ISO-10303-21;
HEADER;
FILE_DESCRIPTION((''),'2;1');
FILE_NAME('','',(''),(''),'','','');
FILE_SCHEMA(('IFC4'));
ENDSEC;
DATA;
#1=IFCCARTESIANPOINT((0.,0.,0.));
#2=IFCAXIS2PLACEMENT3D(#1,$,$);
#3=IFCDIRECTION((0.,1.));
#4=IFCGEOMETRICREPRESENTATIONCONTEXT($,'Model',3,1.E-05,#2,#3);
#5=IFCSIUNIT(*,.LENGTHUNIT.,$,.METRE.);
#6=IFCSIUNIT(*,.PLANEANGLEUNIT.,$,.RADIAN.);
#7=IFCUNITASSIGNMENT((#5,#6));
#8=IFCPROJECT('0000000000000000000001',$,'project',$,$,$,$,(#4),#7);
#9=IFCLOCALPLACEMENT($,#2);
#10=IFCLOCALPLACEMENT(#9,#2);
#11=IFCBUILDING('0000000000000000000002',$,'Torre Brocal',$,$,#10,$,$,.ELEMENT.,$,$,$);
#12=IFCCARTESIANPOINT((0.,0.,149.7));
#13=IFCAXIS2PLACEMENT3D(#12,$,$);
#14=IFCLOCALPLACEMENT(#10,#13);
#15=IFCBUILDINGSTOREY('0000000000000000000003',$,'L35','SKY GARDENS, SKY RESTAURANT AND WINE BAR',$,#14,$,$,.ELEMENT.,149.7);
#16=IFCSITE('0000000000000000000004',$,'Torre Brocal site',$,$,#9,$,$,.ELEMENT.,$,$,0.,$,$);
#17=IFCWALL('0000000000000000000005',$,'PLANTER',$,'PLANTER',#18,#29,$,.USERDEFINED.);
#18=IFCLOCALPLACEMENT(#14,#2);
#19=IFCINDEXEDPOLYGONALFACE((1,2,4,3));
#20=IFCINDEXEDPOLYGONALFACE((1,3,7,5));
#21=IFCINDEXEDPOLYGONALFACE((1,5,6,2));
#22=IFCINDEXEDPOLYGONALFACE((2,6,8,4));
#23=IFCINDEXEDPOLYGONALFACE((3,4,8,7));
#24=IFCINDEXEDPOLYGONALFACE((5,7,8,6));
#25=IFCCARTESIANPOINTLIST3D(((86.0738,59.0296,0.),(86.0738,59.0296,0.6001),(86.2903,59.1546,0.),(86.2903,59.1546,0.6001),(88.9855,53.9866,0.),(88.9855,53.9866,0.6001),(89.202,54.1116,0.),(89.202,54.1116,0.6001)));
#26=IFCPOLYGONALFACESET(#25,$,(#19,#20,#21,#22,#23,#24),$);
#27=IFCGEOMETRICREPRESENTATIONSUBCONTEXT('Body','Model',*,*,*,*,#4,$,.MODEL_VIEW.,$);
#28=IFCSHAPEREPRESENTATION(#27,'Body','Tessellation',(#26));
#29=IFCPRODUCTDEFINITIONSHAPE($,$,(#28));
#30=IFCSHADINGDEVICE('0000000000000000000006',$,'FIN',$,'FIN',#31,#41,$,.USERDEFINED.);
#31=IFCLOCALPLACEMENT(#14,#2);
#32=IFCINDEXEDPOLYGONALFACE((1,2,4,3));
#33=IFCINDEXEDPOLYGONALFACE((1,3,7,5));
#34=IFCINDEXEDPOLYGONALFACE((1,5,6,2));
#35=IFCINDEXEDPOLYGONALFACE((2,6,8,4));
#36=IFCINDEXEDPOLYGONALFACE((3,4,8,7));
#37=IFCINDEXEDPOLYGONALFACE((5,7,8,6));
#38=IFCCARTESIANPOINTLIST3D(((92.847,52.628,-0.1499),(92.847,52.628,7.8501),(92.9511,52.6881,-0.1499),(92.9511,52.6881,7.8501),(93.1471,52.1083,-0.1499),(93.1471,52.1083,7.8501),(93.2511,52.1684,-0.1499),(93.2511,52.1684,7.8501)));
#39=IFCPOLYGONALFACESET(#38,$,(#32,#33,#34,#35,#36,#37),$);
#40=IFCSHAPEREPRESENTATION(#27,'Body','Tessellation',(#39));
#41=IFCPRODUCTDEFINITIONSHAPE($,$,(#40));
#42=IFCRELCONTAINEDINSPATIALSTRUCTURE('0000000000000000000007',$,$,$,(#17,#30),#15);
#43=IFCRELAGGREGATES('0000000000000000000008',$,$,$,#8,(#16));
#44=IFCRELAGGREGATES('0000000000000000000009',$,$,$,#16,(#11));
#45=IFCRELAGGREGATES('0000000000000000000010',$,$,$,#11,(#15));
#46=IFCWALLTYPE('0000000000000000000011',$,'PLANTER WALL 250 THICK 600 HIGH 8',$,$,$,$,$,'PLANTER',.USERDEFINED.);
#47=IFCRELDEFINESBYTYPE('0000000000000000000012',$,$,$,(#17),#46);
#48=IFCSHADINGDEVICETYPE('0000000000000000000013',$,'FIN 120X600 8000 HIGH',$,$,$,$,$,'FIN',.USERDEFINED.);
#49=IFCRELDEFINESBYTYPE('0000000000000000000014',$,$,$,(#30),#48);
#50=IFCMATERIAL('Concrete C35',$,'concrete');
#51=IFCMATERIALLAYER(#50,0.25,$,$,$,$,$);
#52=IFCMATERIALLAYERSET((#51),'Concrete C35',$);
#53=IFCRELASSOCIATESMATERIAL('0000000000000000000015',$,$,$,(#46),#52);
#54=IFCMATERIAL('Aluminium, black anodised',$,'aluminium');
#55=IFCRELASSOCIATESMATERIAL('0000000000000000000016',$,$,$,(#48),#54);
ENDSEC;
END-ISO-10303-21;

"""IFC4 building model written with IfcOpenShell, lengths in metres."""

from ifc_helpers import new_model, si_unit, direction, frame, frame_2d, origin, origin_2d, place, context, subcontext, project, spatial, rectangle, extrude, material, layer, layer_set, material_profile, profile_set, type_object, element, save


model = new_model("IFC4")

# Units and contexts
model_context = context("Model", 3, precision=1e-05, world=origin(), true_north=direction((0.0, 1.0)))
body_context = subcontext(model_context, "Body", "Model", "MODEL_VIEW")
ifc_project = project(units=[si_unit("LENGTHUNIT", "METRE"), si_unit("PLANEANGLEUNIT", "RADIAN")], contexts=[model_context])

# Site, building, storey
site_placement = place(None, origin())
site = spatial("IfcSite", under=ifc_project, at=site_placement, Name="Torre Brocal site", CompositionType="ELEMENT", RefElevation=0.0)
building_placement = place(site_placement, origin())
building = spatial("IfcBuilding", under=site, at=building_placement, Name="Torre Brocal", CompositionType="ELEMENT")
storey_placement = place(building_placement, frame((0.0, 0.0, 149.7)))
storey = spatial("IfcBuildingStorey", under=building, at=storey_placement, Name="L35", Description="SKY GARDENS, SKY RESTAURANT AND WINE BAR", CompositionType="ELEMENT", Elevation=149.7)

# Wall
ifc_material_1 = material(Name="Concrete C35", Category="concrete")
ifc_layer_1 = layer(ifc_material_1, 0.25)
ifc_layer_set_1 = layer_set([ifc_layer_1], Name="Concrete C35")
wall_type_1 = type_object("IfcWallType", Name="PLANTER WALL 250 THICK 600 HIGH 8", ElementType="PLANTER", PredefinedType="USERDEFINED", material=ifc_layer_set_1)
wall_1_placement = place(storey_placement, frame((89.0938, 54.0491, 0.0), z_axis=(0.0, 0.0, 1.0), x_axis=(-0.500008, 0.866021, 0.0)))
element("IfcWall", 1, at=wall_1_placement, inside=storey, type_object=wall_type_1, Name="PLANTER", ObjectType="PLANTER", PredefinedType="USERDEFINED", context=body_context, shape_type="SweptSolid", body=[
    extrude(rectangle(XDim=5.8232, YDim=0.25, at=frame_2d((2.9116, 0.0))), origin(), (0.0, 0.0, 1.0), 0.6001),
])

# Shading device
ifc_material_2 = material(Name="Aluminium, black anodised", Category="aluminium")
ifc_material_profile_1 = material_profile(ifc_material_2, rectangle(XDim=0.1201, YDim=0.6001, at=origin_2d()), Name="FIN 120X600 8000 HIGH")
ifc_profile_set_1 = profile_set([ifc_material_profile_1], Name="Aluminium, black anodised")
shading_device_type = type_object("IfcShadingDeviceType", Name="FIN 120X600 8000 HIGH", ElementType="FIN", PredefinedType="USERDEFINED", material=ifc_profile_set_1)
shading_device_placement = place(storey_placement, frame((93.0491, 52.3982, -0.1499), z_axis=(0.0, 0.0, 1.0), x_axis=(0.866025, 0.5, 0.0)))
element("IfcShadingDevice", 2, at=shading_device_placement, inside=storey, type_object=shading_device_type, Name="FIN", ObjectType="FIN", PredefinedType="USERDEFINED", context=body_context, shape_type="SweptSolid", body=[
    extrude(rectangle(XDim=0.1201, YDim=0.6001, at=origin_2d()), origin(), (0.0, 0.0, 1.0), 8.0),
])

save(model, "model.ifc")
